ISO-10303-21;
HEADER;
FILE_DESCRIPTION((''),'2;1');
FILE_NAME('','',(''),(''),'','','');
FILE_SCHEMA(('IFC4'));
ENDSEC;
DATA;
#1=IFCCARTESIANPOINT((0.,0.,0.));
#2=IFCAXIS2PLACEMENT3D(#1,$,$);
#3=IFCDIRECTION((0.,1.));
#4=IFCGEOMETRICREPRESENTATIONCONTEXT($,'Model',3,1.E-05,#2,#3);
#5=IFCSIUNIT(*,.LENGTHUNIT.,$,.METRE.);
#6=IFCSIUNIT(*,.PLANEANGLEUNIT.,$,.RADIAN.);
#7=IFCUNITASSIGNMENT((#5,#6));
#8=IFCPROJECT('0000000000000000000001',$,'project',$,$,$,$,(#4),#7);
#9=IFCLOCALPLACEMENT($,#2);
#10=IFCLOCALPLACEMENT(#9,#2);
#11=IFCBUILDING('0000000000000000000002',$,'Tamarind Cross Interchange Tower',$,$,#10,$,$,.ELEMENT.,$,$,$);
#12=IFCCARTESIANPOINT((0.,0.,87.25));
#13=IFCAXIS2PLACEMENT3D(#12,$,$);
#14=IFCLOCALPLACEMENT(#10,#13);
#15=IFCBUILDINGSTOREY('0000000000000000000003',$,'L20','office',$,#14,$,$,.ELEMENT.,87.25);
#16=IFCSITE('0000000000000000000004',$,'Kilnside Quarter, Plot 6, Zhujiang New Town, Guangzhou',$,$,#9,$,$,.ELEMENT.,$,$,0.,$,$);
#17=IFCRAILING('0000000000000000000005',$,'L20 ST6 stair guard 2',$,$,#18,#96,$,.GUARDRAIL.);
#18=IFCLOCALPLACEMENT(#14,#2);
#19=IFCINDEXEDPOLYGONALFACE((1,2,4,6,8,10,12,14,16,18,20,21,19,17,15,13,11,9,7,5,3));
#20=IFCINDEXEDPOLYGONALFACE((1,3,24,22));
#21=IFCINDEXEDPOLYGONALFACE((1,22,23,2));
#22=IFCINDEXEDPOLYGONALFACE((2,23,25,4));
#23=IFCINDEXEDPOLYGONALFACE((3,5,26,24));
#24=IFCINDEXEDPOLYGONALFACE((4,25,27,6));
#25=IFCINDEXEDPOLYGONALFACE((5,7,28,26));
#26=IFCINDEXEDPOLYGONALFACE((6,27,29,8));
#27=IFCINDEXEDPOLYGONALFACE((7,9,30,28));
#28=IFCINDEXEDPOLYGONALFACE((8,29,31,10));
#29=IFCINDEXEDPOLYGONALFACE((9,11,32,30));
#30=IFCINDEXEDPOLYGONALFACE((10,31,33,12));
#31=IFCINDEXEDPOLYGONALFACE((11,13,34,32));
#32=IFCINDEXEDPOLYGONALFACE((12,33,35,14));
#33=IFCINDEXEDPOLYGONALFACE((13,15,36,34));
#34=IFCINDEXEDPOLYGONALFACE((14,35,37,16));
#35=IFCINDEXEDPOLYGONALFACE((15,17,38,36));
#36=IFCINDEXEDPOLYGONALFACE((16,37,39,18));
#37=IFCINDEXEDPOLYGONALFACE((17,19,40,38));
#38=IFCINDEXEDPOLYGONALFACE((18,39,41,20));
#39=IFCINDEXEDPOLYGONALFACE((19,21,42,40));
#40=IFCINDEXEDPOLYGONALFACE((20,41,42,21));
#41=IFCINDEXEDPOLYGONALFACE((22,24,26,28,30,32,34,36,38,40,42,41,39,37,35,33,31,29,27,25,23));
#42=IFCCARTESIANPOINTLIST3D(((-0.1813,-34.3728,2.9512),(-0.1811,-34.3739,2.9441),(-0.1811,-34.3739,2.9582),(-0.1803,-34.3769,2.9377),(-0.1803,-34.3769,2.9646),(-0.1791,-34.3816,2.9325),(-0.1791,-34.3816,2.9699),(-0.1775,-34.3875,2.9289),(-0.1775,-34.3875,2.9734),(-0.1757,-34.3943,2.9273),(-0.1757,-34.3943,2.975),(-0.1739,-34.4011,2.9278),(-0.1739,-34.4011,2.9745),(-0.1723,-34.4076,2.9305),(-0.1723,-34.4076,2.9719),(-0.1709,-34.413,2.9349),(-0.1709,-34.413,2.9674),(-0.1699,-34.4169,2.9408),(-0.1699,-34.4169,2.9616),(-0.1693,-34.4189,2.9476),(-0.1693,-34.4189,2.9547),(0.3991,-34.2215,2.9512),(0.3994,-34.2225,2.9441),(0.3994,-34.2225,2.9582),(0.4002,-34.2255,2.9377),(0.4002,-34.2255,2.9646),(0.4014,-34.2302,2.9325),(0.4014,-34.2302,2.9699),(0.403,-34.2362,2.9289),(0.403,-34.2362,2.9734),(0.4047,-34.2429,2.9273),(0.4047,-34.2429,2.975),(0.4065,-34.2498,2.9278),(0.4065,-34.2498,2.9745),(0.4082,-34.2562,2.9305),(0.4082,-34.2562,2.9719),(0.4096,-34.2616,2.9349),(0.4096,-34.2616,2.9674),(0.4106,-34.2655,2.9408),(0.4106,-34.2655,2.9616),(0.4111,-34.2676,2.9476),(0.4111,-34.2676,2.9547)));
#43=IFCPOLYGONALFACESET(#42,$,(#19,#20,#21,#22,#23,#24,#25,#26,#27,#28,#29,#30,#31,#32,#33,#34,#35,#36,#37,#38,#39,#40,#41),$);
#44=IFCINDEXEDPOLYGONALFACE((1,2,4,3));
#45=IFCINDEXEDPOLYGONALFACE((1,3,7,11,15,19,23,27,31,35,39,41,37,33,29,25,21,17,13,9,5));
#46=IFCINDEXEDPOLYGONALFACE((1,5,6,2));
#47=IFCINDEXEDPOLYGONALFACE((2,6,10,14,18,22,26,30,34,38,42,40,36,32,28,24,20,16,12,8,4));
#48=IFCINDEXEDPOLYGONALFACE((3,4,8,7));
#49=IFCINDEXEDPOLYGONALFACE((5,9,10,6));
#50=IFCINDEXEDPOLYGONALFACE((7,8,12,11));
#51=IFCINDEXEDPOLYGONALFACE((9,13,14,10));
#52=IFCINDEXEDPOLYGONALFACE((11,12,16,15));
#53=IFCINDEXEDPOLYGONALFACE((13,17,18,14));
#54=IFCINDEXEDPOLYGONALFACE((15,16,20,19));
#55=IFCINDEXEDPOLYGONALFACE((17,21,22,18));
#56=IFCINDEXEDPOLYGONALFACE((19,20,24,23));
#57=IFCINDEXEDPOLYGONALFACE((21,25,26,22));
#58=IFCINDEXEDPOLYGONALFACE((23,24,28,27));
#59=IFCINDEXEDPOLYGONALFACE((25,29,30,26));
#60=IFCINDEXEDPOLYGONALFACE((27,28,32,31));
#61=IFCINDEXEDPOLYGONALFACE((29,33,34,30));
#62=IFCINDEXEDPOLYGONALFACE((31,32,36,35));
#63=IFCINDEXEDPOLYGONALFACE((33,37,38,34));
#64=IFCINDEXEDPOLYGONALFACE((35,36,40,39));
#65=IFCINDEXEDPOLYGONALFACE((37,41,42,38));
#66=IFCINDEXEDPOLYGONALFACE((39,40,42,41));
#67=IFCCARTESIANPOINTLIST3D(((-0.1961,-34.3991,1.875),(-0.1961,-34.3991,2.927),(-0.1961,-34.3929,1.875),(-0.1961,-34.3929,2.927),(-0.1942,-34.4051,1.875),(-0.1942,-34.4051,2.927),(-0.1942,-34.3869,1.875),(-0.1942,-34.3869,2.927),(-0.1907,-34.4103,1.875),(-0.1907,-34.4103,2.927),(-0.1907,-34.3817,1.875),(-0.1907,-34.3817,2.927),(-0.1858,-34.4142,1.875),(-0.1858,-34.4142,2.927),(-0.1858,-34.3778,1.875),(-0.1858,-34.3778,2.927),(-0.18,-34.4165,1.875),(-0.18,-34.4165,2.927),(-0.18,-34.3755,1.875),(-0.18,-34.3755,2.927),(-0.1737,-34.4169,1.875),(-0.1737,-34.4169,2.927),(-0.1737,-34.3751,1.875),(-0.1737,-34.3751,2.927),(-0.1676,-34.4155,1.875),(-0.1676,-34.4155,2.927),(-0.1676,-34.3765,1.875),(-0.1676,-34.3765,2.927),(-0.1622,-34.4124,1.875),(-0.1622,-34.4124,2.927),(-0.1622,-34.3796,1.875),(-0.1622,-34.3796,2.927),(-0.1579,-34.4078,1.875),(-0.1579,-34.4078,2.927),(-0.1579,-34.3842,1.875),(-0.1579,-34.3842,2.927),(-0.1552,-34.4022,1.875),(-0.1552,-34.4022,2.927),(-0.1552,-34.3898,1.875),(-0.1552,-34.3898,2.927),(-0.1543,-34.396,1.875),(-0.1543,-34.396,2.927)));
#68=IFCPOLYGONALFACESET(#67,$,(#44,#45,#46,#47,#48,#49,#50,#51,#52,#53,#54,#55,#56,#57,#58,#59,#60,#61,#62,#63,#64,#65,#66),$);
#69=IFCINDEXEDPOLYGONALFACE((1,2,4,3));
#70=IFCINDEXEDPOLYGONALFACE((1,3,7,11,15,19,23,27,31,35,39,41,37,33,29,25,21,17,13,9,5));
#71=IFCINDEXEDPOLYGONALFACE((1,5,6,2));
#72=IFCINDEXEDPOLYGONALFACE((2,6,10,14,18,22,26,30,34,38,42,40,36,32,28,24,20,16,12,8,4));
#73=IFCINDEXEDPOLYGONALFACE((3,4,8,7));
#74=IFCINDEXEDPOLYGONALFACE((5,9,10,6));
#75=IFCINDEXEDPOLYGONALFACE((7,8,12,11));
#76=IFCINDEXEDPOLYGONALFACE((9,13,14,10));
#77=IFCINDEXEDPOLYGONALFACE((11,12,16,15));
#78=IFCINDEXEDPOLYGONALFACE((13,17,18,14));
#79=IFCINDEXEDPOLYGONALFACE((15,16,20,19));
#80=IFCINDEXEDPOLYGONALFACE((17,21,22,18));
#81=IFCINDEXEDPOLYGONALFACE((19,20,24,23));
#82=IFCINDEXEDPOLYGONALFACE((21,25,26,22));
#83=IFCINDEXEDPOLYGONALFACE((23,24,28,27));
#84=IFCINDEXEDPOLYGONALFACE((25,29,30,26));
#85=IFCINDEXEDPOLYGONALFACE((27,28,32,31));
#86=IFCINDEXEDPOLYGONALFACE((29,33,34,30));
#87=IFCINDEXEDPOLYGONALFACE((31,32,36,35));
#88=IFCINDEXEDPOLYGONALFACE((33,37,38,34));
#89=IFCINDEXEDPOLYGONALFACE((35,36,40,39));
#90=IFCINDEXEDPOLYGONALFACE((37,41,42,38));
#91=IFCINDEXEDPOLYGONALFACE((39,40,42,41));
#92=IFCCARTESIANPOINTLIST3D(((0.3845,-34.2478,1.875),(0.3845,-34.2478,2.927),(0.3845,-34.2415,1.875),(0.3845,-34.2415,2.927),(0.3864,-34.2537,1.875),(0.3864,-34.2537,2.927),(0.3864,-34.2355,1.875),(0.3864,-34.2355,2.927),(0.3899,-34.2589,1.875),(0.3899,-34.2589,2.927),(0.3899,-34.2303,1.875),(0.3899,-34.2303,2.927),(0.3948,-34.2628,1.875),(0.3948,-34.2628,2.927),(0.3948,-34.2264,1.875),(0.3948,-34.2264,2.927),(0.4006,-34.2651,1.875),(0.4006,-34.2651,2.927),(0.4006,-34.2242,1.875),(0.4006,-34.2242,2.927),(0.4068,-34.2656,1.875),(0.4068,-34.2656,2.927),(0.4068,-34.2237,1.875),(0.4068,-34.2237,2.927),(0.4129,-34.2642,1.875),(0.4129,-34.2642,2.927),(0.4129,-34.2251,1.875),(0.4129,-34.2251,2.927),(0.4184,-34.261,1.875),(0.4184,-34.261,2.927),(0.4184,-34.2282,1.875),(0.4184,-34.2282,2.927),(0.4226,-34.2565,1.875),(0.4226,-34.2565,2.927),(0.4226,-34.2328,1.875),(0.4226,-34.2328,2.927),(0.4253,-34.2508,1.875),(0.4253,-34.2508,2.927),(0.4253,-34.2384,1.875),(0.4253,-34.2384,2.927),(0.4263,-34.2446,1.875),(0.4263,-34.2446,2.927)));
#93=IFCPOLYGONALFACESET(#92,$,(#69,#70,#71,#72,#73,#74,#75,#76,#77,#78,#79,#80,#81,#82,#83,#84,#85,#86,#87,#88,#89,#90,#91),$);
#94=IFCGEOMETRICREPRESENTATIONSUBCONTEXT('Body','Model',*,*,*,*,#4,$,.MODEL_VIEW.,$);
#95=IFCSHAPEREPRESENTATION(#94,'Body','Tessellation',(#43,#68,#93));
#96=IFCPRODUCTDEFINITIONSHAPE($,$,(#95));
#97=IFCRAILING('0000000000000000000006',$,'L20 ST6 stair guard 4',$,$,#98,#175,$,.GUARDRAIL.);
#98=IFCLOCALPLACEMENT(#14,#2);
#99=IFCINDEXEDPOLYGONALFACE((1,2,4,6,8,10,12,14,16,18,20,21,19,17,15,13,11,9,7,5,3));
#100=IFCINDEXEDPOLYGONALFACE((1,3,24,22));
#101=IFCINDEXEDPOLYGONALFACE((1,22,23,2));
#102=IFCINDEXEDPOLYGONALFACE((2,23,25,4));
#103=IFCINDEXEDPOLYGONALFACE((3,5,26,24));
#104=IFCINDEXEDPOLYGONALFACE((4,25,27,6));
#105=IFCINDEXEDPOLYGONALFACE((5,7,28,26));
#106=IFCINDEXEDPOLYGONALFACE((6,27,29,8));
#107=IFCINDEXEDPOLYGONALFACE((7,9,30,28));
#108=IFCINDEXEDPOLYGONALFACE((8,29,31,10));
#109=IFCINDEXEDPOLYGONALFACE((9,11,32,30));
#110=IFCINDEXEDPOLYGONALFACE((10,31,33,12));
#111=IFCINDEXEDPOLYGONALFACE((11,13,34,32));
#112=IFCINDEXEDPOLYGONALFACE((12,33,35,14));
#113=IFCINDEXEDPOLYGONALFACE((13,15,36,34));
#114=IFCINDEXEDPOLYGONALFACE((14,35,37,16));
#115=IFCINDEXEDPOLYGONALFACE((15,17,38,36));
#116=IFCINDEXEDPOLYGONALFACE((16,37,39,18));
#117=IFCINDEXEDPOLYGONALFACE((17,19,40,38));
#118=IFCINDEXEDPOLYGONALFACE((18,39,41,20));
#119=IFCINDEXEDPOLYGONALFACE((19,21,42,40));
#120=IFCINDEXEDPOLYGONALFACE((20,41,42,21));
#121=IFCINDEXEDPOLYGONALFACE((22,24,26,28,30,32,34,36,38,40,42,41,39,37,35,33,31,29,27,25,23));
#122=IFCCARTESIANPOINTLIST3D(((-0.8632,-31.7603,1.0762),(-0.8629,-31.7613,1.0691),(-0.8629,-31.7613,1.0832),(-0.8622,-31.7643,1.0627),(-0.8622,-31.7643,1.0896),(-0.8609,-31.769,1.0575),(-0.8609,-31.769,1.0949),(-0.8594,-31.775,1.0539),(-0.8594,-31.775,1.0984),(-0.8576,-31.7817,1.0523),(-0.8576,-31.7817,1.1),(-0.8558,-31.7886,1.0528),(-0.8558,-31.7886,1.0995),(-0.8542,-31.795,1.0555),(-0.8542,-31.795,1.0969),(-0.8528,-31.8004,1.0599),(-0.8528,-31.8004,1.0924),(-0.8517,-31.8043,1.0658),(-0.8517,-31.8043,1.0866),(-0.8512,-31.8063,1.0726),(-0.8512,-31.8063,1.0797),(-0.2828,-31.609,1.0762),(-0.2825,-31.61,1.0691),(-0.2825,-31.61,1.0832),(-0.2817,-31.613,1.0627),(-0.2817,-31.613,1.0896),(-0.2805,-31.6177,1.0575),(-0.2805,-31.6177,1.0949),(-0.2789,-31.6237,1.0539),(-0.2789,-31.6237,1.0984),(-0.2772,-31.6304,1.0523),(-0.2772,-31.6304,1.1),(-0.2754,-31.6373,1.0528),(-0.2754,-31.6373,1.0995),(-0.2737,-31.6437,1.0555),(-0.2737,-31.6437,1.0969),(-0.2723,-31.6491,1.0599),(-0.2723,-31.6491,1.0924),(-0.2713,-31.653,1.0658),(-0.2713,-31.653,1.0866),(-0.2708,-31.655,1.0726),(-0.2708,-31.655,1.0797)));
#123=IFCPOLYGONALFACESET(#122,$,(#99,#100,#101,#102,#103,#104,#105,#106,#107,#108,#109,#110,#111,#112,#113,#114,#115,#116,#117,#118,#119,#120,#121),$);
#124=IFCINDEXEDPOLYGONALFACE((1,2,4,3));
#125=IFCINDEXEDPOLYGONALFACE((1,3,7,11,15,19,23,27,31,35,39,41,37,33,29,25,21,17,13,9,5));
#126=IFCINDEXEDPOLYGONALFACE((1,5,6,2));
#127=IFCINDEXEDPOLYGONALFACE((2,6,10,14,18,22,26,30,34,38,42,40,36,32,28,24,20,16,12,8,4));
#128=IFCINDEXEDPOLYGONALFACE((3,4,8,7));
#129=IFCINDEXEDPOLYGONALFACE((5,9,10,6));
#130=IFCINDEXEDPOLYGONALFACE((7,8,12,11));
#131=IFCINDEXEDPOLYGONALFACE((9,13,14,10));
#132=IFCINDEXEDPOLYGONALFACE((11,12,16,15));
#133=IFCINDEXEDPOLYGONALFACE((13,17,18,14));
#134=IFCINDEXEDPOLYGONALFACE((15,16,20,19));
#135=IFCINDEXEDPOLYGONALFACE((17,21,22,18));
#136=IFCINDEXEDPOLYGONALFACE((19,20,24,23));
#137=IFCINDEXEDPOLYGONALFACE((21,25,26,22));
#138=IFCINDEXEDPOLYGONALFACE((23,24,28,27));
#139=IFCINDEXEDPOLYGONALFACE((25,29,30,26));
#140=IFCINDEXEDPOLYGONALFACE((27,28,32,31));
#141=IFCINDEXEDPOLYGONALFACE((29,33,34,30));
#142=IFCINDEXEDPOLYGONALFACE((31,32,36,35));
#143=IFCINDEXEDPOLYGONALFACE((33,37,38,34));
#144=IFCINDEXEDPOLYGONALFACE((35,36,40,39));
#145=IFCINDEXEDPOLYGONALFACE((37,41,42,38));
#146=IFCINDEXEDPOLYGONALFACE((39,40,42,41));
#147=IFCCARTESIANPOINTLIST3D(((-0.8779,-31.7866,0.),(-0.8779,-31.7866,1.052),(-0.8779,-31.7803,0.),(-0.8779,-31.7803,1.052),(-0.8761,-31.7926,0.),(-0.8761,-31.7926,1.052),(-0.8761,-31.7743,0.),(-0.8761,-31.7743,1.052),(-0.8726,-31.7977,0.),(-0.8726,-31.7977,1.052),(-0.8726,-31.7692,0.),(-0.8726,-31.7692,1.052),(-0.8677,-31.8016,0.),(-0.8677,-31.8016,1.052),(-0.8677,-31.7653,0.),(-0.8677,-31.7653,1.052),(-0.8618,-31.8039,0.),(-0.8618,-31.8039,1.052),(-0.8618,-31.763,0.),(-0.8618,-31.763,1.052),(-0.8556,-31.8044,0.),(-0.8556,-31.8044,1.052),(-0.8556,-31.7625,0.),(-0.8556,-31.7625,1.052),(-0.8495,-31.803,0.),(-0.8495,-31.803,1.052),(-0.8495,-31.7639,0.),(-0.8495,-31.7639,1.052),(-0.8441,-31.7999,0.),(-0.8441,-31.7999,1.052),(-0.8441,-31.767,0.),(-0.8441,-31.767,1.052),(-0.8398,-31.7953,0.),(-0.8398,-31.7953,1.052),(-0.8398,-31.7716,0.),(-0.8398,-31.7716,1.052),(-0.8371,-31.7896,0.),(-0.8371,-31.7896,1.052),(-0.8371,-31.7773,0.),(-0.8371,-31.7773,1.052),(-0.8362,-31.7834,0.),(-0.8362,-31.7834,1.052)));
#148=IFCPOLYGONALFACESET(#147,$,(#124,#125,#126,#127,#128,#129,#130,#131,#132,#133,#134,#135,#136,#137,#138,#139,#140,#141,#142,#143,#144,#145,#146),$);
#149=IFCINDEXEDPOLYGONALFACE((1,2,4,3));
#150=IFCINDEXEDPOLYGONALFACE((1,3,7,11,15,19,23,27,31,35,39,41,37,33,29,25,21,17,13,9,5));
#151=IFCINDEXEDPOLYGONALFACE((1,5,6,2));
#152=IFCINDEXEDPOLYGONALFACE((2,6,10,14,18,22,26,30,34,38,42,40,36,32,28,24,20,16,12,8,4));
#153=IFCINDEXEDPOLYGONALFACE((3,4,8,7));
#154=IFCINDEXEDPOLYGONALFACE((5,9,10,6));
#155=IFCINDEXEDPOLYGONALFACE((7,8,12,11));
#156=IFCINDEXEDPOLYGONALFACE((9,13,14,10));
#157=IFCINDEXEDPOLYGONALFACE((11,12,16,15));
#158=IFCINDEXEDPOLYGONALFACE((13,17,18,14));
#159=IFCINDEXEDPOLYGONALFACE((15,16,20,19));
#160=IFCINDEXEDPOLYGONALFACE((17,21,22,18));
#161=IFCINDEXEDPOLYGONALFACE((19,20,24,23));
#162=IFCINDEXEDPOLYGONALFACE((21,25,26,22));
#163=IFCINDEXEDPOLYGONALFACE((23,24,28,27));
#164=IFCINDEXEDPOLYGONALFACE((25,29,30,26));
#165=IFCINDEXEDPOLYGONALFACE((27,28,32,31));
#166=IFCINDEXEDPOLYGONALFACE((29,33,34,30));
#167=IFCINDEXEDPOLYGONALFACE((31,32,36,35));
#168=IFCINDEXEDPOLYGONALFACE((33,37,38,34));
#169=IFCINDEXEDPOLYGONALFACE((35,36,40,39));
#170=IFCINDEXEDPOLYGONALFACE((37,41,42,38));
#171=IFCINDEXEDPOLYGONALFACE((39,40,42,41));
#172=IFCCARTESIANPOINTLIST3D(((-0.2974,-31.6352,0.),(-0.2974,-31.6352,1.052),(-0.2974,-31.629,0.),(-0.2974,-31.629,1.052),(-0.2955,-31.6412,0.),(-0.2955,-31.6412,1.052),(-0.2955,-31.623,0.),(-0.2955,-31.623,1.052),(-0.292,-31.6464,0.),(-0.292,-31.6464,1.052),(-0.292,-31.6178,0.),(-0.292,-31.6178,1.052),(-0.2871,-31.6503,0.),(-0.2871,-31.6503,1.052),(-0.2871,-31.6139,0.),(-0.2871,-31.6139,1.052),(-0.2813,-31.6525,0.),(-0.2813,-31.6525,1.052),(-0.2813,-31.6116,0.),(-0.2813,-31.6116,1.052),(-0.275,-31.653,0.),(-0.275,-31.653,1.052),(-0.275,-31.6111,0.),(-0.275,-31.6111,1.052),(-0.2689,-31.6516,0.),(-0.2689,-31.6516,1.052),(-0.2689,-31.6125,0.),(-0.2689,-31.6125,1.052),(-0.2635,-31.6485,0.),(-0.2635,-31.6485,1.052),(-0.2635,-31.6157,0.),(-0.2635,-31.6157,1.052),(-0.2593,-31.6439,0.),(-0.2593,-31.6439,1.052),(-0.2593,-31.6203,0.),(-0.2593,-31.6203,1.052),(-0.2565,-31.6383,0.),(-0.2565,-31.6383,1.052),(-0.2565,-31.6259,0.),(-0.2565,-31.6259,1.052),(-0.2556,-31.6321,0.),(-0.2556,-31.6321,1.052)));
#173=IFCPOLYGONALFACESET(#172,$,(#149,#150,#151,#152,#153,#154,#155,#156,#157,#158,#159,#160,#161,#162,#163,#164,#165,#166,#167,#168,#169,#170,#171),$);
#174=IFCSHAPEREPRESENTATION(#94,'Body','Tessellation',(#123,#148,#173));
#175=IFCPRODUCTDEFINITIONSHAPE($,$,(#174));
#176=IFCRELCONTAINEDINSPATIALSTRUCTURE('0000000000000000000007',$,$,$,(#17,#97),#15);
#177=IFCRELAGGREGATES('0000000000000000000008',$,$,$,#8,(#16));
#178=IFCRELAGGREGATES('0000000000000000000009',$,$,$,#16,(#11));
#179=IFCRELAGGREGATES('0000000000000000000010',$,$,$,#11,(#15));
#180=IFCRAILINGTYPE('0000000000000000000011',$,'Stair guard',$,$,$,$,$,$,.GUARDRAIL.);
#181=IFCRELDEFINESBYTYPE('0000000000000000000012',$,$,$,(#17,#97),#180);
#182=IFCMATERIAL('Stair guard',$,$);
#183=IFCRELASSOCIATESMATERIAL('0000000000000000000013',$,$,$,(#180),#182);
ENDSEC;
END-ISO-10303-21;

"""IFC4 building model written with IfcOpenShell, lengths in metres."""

from ifc_helpers import new_model, si_unit, direction, frame, origin, origin_2d, place, context, subcontext, project, spatial, circle, extrude, material, type_object, element, save


model = new_model("IFC4")

# Units and contexts
model_context = context("Model", 3, precision=1e-05, world=origin(), true_north=direction((0.0, 1.0)))
body_context = subcontext(model_context, "Body", "Model", "MODEL_VIEW")
ifc_project = project(units=[si_unit("LENGTHUNIT", "METRE"), si_unit("PLANEANGLEUNIT", "RADIAN")], contexts=[model_context])

# Site, building, storey
site_placement = place(None, origin())
site = spatial("IfcSite", under=ifc_project, at=site_placement, Name="Kilnside Quarter, Plot 6, Zhujiang New Town, Guangzhou", CompositionType="ELEMENT", RefElevation=0.0)
building_placement = place(site_placement, origin())
building = spatial("IfcBuilding", under=site, at=building_placement, Name="Tamarind Cross Interchange Tower", CompositionType="ELEMENT")
storey_placement = place(building_placement, frame((0.0, 0.0, 87.25)))
storey = spatial("IfcBuildingStorey", under=building, at=storey_placement, Name="L20", Description="office", CompositionType="ELEMENT", Elevation=87.25)

# Railings
ifc_material_1 = material(Name="Stair guard")
railing_type_1 = type_object("IfcRailingType", Name="Stair guard", PredefinedType="GUARDRAIL", material=ifc_material_1)
for number, where, name in (
    (1, (-0.1753, -34.396, 1.875), "L20 ST6 stair guard 2"),
    (2, (-0.8572, -31.7834, 0.0), "L20 ST6 stair guard 4"),
):
    element("IfcRailing", number, at=place(storey_placement, frame(where)), inside=storey, type_object=railing_type_1, Name=name, PredefinedType="GUARDRAIL", context=body_context, shape_type="SweptSolid", body=[
        extrude(circle(Radius=0.0239, at=origin_2d()), frame((0.0, 0.0, 1.0762), z_axis=(0.967652, 0.252289, 0.0), x_axis=(-0.252289, 0.967652, 0.0)), (0.0, 0.0, 1.0), 0.5999),
        extrude(circle(Radius=0.021, at=origin_2d()), origin(), (0.0, 0.0, 1.0), 1.052),
        extrude(circle(Radius=0.021, at=origin_2d()), frame((0.5806, 0.1514, 0.0)), (0.0, 0.0, 1.0), 1.052),
    ])

save(model, "model.ifc")
